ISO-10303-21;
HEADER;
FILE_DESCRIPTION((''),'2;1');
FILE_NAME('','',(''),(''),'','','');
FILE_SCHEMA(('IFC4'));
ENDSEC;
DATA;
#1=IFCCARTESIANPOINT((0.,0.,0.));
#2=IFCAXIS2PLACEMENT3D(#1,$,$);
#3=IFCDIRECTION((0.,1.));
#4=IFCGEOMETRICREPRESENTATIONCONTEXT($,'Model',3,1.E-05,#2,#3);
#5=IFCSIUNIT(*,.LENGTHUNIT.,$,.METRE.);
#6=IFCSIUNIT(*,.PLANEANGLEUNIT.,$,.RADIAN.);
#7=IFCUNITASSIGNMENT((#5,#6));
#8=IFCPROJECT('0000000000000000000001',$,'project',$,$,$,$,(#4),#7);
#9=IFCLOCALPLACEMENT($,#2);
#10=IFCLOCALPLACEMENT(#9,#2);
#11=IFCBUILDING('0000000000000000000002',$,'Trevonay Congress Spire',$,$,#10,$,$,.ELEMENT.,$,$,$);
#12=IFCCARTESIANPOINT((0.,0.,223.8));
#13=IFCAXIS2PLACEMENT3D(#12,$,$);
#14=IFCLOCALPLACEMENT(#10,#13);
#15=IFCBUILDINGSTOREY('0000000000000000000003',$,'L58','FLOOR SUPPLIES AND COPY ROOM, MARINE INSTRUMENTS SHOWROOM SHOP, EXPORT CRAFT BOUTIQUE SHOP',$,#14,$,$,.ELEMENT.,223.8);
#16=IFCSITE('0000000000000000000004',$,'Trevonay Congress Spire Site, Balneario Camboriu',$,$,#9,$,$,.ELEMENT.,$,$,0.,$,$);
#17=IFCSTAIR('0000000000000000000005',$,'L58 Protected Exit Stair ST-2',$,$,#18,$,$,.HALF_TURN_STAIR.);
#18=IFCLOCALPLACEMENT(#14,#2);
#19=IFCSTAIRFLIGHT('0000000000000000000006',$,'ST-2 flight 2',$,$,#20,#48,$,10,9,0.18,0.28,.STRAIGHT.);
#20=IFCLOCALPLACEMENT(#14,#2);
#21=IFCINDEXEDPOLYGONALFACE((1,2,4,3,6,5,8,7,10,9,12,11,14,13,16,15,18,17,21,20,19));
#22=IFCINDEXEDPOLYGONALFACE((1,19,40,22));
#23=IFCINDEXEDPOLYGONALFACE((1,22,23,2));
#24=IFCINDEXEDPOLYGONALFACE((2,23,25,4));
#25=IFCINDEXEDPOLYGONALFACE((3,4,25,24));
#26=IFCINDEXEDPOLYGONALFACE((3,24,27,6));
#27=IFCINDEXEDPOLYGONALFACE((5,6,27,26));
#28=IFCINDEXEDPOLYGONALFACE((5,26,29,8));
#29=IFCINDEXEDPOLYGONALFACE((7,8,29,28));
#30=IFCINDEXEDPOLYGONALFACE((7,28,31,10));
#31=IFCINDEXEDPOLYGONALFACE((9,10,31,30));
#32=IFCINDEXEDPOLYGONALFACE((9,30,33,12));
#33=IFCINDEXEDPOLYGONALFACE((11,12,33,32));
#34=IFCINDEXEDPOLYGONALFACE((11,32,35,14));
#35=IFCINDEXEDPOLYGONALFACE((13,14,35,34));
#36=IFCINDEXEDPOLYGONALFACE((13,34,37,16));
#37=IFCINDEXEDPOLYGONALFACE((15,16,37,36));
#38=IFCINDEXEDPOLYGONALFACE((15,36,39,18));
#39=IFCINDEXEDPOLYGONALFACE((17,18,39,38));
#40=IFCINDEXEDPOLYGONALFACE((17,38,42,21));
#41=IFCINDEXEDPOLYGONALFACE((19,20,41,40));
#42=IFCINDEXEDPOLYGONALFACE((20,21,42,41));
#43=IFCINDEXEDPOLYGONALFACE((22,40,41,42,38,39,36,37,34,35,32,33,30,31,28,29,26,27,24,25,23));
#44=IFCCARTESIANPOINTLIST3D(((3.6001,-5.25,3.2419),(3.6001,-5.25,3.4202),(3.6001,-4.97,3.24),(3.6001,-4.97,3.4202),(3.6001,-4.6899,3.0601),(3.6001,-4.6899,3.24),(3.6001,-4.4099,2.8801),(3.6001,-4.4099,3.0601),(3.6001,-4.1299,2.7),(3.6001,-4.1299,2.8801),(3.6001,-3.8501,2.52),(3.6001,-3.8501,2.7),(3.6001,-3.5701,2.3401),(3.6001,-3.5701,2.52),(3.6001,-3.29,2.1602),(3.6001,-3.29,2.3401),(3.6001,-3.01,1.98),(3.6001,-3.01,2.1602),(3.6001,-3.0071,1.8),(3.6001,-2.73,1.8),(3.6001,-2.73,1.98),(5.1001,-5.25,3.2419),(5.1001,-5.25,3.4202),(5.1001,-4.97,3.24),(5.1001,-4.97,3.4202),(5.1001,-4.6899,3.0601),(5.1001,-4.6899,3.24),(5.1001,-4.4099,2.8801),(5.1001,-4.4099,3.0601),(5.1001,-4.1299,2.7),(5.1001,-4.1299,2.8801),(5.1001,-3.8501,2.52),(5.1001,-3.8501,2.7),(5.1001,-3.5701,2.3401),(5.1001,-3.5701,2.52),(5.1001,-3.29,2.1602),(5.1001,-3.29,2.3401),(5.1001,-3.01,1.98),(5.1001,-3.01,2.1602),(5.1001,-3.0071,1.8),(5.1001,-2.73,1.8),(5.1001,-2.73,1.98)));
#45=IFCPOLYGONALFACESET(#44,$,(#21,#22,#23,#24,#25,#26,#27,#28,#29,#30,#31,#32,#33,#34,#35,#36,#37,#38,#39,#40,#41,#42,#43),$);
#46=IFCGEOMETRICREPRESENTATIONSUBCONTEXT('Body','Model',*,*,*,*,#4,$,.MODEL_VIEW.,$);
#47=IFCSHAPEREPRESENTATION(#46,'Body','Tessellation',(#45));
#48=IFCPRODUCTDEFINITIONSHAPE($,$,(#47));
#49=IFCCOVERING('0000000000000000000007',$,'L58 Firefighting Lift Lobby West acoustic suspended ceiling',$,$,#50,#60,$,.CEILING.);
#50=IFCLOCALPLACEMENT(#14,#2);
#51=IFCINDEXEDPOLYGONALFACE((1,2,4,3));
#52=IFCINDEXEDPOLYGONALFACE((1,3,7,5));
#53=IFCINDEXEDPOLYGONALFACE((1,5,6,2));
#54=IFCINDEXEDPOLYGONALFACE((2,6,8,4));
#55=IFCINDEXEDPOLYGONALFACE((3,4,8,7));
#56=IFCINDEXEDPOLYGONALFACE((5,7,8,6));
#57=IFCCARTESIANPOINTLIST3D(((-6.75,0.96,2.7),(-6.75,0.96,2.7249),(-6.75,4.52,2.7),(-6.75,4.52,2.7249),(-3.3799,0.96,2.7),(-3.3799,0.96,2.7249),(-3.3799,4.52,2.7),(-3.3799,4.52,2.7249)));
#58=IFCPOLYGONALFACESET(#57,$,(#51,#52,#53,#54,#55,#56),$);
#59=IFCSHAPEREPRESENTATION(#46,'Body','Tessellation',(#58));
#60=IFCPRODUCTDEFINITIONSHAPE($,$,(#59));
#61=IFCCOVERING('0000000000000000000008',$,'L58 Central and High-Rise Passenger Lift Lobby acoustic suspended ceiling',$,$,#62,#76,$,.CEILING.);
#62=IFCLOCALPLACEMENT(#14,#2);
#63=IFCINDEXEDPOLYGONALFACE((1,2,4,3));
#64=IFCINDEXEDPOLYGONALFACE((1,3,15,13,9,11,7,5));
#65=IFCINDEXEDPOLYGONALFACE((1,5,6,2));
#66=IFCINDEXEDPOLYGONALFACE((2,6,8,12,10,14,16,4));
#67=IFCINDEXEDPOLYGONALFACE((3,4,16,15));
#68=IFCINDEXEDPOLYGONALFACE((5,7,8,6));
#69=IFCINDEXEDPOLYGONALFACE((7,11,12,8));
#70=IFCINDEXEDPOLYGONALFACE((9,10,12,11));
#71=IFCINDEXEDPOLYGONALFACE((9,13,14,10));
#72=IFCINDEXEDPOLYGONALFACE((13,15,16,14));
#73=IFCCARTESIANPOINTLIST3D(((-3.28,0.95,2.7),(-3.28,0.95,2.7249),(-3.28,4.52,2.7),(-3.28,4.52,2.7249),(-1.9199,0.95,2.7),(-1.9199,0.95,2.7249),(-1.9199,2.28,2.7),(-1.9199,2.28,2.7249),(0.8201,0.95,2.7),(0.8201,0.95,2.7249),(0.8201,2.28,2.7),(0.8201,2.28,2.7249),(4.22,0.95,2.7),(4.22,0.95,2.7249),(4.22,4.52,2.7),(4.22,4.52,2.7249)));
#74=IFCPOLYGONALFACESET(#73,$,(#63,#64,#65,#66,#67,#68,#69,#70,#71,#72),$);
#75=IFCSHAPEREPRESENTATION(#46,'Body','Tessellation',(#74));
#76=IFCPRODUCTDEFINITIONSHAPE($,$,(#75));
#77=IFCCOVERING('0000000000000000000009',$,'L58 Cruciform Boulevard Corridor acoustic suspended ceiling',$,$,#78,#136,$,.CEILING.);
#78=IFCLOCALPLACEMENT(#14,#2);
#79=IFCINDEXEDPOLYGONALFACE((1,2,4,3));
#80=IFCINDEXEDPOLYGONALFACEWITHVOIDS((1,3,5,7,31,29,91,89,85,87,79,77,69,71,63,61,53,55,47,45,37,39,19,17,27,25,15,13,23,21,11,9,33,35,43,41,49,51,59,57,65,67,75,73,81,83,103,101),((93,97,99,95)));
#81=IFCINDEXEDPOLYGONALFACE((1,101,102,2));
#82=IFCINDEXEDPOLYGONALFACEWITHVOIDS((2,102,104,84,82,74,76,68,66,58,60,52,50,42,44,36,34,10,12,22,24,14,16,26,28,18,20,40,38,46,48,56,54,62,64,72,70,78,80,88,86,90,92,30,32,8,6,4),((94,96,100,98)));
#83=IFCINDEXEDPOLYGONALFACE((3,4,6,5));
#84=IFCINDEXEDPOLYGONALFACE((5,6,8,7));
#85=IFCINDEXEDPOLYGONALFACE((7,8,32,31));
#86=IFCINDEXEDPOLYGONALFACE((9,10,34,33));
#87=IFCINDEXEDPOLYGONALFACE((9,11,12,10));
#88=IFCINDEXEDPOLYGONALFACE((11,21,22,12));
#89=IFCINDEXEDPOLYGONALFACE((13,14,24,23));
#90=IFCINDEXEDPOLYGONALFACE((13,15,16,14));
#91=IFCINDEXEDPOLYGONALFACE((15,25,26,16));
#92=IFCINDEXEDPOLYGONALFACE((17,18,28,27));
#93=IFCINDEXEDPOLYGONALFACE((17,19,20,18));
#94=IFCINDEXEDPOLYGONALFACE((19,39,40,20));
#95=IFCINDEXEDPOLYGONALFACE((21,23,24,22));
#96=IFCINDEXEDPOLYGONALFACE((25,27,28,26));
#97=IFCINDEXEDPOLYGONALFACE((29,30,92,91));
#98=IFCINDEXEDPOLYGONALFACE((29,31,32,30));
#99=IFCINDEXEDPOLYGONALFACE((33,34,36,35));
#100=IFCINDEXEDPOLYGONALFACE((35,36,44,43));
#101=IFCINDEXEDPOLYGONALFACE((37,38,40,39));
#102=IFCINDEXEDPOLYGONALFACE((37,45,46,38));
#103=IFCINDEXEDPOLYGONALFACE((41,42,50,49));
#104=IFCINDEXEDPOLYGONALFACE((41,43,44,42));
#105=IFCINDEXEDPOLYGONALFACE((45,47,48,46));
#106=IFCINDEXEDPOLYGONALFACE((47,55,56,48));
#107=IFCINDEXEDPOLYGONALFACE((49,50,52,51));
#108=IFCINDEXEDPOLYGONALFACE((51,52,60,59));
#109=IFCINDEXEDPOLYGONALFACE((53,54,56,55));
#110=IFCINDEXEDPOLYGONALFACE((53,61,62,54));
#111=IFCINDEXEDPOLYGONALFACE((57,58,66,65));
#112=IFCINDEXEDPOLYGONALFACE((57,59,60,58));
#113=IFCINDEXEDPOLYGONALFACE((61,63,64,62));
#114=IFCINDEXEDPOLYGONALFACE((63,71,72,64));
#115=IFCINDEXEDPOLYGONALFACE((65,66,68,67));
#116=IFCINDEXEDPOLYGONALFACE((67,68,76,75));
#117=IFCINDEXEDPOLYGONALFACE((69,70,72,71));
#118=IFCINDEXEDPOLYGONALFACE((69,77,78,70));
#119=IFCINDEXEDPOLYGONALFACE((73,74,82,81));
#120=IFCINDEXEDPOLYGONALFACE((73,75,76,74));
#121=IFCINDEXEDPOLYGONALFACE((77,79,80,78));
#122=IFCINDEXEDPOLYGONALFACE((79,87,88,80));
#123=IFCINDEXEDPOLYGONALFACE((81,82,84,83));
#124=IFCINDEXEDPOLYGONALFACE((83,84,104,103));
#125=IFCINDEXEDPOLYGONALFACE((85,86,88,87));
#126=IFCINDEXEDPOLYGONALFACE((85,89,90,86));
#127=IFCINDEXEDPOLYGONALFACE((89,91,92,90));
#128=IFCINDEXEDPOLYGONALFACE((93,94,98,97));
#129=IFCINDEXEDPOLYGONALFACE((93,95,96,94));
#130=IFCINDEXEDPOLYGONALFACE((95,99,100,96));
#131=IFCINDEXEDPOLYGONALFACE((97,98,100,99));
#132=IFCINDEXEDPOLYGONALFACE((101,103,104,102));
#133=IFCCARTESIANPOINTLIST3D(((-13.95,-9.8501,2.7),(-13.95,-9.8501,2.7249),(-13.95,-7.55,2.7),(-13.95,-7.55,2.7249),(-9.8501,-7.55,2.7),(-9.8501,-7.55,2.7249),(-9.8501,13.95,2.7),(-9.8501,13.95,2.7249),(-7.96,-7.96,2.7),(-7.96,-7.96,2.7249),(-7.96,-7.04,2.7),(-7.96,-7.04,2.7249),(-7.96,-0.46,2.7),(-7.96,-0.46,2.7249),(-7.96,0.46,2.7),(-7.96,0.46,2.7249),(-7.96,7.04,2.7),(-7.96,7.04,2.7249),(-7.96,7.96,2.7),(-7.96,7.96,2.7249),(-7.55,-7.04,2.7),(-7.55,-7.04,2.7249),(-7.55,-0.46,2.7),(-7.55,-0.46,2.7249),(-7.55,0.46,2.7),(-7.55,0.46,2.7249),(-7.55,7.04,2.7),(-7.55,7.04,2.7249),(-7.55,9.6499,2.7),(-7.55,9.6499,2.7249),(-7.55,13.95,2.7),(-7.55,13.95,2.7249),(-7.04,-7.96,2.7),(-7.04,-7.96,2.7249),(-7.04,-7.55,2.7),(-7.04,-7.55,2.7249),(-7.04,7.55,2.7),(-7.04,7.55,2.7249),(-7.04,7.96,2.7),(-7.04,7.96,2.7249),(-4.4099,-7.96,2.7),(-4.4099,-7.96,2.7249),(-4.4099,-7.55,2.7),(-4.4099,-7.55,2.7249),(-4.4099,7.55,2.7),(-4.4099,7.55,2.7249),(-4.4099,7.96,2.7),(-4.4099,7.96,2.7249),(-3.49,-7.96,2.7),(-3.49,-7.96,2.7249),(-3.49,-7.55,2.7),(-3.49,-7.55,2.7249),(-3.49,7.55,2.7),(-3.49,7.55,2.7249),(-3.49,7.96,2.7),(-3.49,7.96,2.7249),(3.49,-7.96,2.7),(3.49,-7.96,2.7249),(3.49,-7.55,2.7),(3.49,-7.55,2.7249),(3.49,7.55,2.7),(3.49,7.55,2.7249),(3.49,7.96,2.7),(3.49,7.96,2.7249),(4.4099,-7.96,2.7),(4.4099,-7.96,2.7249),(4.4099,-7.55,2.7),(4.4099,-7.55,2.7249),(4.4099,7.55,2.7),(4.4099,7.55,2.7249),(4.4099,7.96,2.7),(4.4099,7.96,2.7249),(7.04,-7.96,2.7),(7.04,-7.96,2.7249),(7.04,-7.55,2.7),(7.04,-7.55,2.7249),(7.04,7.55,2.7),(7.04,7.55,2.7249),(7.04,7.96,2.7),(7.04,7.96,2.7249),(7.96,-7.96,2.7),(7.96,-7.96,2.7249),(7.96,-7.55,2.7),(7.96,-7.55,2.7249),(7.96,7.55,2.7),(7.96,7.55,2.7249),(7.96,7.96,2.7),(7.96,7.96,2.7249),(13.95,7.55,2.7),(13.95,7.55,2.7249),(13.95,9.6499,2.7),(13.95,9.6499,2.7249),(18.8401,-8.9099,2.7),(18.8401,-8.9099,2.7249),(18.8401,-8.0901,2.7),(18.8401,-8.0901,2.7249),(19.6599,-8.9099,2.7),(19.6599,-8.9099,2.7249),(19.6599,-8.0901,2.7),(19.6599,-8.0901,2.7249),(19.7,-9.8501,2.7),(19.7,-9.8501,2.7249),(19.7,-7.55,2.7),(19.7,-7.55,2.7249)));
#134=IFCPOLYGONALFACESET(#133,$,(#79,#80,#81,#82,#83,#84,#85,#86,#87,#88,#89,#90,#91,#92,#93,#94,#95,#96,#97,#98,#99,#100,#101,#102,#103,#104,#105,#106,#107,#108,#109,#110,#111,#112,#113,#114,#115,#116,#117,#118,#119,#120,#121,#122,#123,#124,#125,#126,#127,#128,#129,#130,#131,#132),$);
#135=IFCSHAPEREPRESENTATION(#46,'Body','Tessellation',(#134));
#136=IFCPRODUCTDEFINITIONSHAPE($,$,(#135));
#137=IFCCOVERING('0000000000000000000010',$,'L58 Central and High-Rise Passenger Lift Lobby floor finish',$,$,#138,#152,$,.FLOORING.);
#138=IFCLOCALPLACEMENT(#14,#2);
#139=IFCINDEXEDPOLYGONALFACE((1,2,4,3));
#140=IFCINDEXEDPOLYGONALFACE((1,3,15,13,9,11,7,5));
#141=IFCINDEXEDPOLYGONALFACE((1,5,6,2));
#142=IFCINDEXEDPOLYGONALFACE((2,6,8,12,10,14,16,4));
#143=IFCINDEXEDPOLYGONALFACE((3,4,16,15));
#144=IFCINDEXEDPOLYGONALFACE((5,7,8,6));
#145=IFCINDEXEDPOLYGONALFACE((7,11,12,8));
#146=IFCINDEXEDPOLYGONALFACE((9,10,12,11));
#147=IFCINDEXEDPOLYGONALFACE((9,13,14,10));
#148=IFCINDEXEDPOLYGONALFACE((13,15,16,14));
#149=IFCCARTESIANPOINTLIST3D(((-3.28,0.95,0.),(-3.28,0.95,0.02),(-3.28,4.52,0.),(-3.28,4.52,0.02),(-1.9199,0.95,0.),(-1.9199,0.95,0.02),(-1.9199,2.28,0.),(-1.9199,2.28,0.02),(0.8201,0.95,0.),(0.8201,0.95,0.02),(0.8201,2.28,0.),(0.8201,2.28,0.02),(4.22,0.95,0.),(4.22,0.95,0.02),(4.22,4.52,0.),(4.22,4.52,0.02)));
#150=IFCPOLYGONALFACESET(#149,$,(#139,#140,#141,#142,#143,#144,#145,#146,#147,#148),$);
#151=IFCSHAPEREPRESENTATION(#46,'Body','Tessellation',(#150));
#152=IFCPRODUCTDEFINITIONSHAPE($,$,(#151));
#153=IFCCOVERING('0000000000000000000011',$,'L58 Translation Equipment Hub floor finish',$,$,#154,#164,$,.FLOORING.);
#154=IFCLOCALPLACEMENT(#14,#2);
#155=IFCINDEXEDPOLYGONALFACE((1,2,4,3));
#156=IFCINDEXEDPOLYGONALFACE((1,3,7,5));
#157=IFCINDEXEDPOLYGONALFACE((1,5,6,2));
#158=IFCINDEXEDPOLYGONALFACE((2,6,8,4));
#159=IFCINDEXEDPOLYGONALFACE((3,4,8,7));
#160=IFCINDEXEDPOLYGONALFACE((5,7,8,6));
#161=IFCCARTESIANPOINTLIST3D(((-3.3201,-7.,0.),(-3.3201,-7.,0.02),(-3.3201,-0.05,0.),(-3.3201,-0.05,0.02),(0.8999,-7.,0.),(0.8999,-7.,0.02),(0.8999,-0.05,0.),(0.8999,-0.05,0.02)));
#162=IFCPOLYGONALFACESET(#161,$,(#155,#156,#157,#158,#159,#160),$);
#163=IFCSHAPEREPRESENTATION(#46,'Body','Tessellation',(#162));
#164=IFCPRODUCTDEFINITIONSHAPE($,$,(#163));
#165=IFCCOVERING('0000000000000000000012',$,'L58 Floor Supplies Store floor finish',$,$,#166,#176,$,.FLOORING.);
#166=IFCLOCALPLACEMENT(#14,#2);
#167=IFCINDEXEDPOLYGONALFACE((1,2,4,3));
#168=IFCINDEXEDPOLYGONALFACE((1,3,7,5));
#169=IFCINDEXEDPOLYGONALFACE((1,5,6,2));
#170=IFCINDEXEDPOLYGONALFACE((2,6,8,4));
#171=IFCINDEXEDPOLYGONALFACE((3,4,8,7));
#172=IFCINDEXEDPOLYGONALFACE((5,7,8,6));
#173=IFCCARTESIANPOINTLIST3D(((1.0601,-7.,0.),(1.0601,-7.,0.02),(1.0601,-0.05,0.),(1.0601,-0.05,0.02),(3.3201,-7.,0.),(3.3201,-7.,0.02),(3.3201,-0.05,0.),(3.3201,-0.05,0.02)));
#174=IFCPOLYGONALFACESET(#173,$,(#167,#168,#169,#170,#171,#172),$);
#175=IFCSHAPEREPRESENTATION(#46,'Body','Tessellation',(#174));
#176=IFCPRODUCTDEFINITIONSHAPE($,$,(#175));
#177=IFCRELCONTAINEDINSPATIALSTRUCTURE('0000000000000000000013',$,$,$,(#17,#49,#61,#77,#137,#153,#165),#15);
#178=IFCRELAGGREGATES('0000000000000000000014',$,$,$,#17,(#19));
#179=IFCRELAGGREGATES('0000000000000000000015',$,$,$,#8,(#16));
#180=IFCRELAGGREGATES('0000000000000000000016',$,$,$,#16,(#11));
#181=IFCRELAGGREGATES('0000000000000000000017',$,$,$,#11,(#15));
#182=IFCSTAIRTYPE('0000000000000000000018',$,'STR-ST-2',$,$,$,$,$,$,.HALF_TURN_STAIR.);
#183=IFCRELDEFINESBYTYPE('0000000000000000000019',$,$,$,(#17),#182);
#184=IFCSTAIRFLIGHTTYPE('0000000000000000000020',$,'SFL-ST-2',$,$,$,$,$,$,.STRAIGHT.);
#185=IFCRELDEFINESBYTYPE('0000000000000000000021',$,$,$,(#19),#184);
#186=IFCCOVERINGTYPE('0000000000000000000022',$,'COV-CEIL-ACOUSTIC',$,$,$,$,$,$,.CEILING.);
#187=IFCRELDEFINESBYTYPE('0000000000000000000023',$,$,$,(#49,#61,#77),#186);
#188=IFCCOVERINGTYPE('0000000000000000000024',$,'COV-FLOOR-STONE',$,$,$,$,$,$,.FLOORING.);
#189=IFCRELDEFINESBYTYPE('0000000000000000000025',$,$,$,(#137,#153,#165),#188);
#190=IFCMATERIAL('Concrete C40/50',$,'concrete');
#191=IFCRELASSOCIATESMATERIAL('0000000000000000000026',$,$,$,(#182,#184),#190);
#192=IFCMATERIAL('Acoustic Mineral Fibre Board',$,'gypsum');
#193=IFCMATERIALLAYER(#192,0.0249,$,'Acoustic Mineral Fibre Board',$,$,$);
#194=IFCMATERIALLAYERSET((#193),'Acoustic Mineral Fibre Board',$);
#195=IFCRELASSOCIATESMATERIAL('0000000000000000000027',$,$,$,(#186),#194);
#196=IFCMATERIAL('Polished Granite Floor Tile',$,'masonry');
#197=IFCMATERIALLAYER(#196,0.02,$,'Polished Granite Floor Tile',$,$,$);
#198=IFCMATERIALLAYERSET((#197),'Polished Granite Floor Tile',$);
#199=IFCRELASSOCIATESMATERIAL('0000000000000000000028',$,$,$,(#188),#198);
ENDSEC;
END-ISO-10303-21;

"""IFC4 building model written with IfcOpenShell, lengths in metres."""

from ifc_helpers import new_model, si_unit, direction, frame, origin, place, context, subcontext, project, spatial, polyline, outline, extrude, material, layer, layer_set, type_object, element, aggregate, save


model = new_model("IFC4")

# Units and contexts
model_context = context("Model", 3, precision=1e-05, world=origin(), true_north=direction((0.0, 1.0)))
body_context = subcontext(model_context, "Body", "Model", "MODEL_VIEW")
ifc_project = project(units=[si_unit("LENGTHUNIT", "METRE"), si_unit("PLANEANGLEUNIT", "RADIAN")], contexts=[model_context])

# Site, building, storey
site_placement = place(None, origin())
site = spatial("IfcSite", under=ifc_project, at=site_placement, Name="Trevonay Congress Spire Site, Balneario Camboriu", CompositionType="ELEMENT", RefElevation=0.0)
building_placement = place(site_placement, origin())
building = spatial("IfcBuilding", under=site, at=building_placement, Name="Trevonay Congress Spire", CompositionType="ELEMENT")
storey_placement = place(building_placement, frame((0.0, 0.0, 223.8)))
storey = spatial("IfcBuildingStorey", under=building, at=storey_placement, Name="L58", Description="FLOOR SUPPLIES AND COPY ROOM, MARINE INSTRUMENTS SHOWROOM SHOP, EXPORT CRAFT BOUTIQUE SHOP", CompositionType="ELEMENT", Elevation=223.8)

# Shared definitions
ifc_material_1 = material(Name="Concrete C40/50", Category="concrete")

# Stair, stair flight
stair_type = type_object("IfcStairType", Name="STR-ST-2", PredefinedType="HALF_TURN_STAIR", material=ifc_material_1)
stair_placement = place(storey_placement, origin())
stair = element("IfcStair", 1, at=stair_placement, inside=storey, type_object=stair_type, Name="L58 Protected Exit Stair ST-2", PredefinedType="HALF_TURN_STAIR")
stair_flight_type = type_object("IfcStairFlightType", Name="SFL-ST-2", PredefinedType="STRAIGHT", material=ifc_material_1)
stair_flight_1_placement = place(storey_placement, frame((4.3501, -2.73, 1.8), z_axis=(0.0, 0.0, 1.0), x_axis=(0.0, -1.0, 0.0)))
stair_flight_1 = element("IfcStairFlight", 2, at=stair_flight_1_placement, type_object=stair_flight_type, Name="ST-2 flight 2", NumberOfRisers=10, NumberOfTreads=9, PredefinedType="STRAIGHT", RiserHeight=0.18, TreadLength=0.28, context=body_context, shape_type="SweptSolid", body=[
    extrude(outline(polyline([(0.0, 0.0), (0.0, 0.1799), (0.28, 0.1799), (0.28, 0.3601), (0.5601, 0.3601), (0.5601, 0.54), (0.8401, 0.54), (0.8401, 0.72), (1.1201, 0.72), (1.1201, 0.8999), (1.3999, 0.8999), (1.3999, 1.0801), (1.6799, 1.0801), (1.6799, 1.26), (1.96, 1.26), (1.96, 1.4399), (2.24, 1.4399), (2.24, 1.6201), (2.52, 1.6201), (2.52, 1.8), (2.52, 1.4419), (0.2771, 0.0), (0.0, 0.0)])), frame((0.0, 0.75, 0.0), z_axis=(0.0, -1.0, 0.0), x_axis=(1.0, 0.0, 0.0)), (0.0, 0.0, 1.0), 1.5),
])
aggregate(stair, [stair_flight_1])

# Coverings
ifc_material_2 = material(Name="Acoustic Mineral Fibre Board", Category="gypsum")
ifc_layer_1 = layer(ifc_material_2, 0.0249, Name="Acoustic Mineral Fibre Board")
ifc_layer_set_1 = layer_set([ifc_layer_1], Name="Acoustic Mineral Fibre Board")
covering_type_1 = type_object("IfcCoveringType", Name="COV-CEIL-ACOUSTIC", PredefinedType="CEILING", material=ifc_layer_set_1)
covering_1_placement = place(storey_placement, frame((0.0, 0.0, 2.7)))
element("IfcCovering", 3, at=covering_1_placement, inside=storey, type_object=covering_type_1, Name="L58 Firefighting Lift Lobby West acoustic suspended ceiling", PredefinedType="CEILING", context=body_context, shape_type="SweptSolid", body=[
    extrude(outline(polyline([(-6.75, 0.96), (-3.3799, 0.96), (-3.3799, 4.52), (-6.75, 4.52), (-6.75, 0.96)])), origin(), (0.0, 0.0, 1.0), 0.0249),
])
covering_2_placement = place(storey_placement, frame((0.0, 0.0, 2.7)))
element("IfcCovering", 4, at=covering_2_placement, inside=storey, type_object=covering_type_1, Name="L58 Central and High-Rise Passenger Lift Lobby acoustic suspended ceiling", PredefinedType="CEILING", context=body_context, shape_type="SweptSolid", body=[
    extrude(outline(polyline([(-3.28, 0.95), (-1.9199, 0.95), (-1.9199, 2.28), (0.8201, 2.28), (0.8201, 0.95), (4.22, 0.95), (4.22, 4.52), (-3.28, 4.52), (-3.28, 0.95)])), origin(), (0.0, 0.0, 1.0), 0.0249),
])
covering_3_placement = place(storey_placement, frame((0.0, 0.0, 2.7)))
element("IfcCovering", 5, at=covering_3_placement, inside=storey, type_object=covering_type_1, Name="L58 Cruciform Boulevard Corridor acoustic suspended ceiling", PredefinedType="CEILING", context=body_context, shape_type="SweptSolid", body=[
    extrude(outline(polyline([(19.7, -7.55), (19.7, -9.8501), (-13.95, -9.8501), (-13.95, -7.55), (-9.8501, -7.55), (-9.8501, 13.95), (-7.55, 13.95), (-7.55, 9.6499), (13.95, 9.6499), (13.95, 7.55), (7.96, 7.55), (7.96, 7.96), (7.04, 7.96), (7.04, 7.55), (4.4099, 7.55), (4.4099, 7.96), (3.49, 7.96), (3.49, 7.55), (-3.49, 7.55), (-3.49, 7.96), (-4.4099, 7.96), (-4.4099, 7.55), (-7.04, 7.55), (-7.04, 7.96), (-7.96, 7.96), (-7.96, 7.04), (-7.55, 7.04), (-7.55, 0.46), (-7.96, 0.46), (-7.96, -0.46), (-7.55, -0.46), (-7.55, -7.04), (-7.96, -7.04), (-7.96, -7.96), (-7.04, -7.96), (-7.04, -7.55), (-4.4099, -7.55), (-4.4099, -7.96), (-3.49, -7.96), (-3.49, -7.55), (3.49, -7.55), (3.49, -7.96), (4.4099, -7.96), (4.4099, -7.55), (7.04, -7.55), (7.04, -7.96), (7.96, -7.96), (7.96, -7.55), (19.7, -7.55)]), holes=[polyline([(19.6599, -8.0901), (18.8401, -8.0901), (18.8401, -8.9099), (19.6599, -8.9099), (19.6599, -8.0901)])]), origin(), (0.0, 0.0, 1.0), 0.0249),
])
ifc_material_3 = material(Name="Polished Granite Floor Tile", Category="masonry")
ifc_layer_2 = layer(ifc_material_3, 0.02, Name="Polished Granite Floor Tile")
ifc_layer_set_2 = layer_set([ifc_layer_2], Name="Polished Granite Floor Tile")
covering_type_2 = type_object("IfcCoveringType", Name="COV-FLOOR-STONE", PredefinedType="FLOORING", material=ifc_layer_set_2)
covering_4_placement = place(storey_placement, origin())
element("IfcCovering", 6, at=covering_4_placement, inside=storey, type_object=covering_type_2, Name="L58 Central and High-Rise Passenger Lift Lobby floor finish", PredefinedType="FLOORING", context=body_context, shape_type="SweptSolid", body=[
    extrude(outline(polyline([(-3.28, 0.95), (-1.9199, 0.95), (-1.9199, 2.28), (0.8201, 2.28), (0.8201, 0.95), (4.22, 0.95), (4.22, 4.52), (-3.28, 4.52), (-3.28, 0.95)])), origin(), (0.0, 0.0, 1.0), 0.02),
])
covering_5_placement = place(storey_placement, origin())
element("IfcCovering", 7, at=covering_5_placement, inside=storey, type_object=covering_type_2, Name="L58 Translation Equipment Hub floor finish", PredefinedType="FLOORING", context=body_context, shape_type="SweptSolid", body=[
    extrude(outline(polyline([(-3.3201, -7.0), (0.8999, -7.0), (0.8999, -0.05), (-3.3201, -0.05), (-3.3201, -7.0)])), origin(), (0.0, 0.0, 1.0), 0.02),
])
covering_6_placement = place(storey_placement, origin())
element("IfcCovering", 8, at=covering_6_placement, inside=storey, type_object=covering_type_2, Name="L58 Floor Supplies Store floor finish", PredefinedType="FLOORING", context=body_context, shape_type="SweptSolid", body=[
    extrude(outline(polyline([(1.0601, -7.0), (3.3201, -7.0), (3.3201, -0.05), (1.0601, -0.05), (1.0601, -7.0)])), origin(), (0.0, 0.0, 1.0), 0.02),
])

save(model, "model.ifc")
